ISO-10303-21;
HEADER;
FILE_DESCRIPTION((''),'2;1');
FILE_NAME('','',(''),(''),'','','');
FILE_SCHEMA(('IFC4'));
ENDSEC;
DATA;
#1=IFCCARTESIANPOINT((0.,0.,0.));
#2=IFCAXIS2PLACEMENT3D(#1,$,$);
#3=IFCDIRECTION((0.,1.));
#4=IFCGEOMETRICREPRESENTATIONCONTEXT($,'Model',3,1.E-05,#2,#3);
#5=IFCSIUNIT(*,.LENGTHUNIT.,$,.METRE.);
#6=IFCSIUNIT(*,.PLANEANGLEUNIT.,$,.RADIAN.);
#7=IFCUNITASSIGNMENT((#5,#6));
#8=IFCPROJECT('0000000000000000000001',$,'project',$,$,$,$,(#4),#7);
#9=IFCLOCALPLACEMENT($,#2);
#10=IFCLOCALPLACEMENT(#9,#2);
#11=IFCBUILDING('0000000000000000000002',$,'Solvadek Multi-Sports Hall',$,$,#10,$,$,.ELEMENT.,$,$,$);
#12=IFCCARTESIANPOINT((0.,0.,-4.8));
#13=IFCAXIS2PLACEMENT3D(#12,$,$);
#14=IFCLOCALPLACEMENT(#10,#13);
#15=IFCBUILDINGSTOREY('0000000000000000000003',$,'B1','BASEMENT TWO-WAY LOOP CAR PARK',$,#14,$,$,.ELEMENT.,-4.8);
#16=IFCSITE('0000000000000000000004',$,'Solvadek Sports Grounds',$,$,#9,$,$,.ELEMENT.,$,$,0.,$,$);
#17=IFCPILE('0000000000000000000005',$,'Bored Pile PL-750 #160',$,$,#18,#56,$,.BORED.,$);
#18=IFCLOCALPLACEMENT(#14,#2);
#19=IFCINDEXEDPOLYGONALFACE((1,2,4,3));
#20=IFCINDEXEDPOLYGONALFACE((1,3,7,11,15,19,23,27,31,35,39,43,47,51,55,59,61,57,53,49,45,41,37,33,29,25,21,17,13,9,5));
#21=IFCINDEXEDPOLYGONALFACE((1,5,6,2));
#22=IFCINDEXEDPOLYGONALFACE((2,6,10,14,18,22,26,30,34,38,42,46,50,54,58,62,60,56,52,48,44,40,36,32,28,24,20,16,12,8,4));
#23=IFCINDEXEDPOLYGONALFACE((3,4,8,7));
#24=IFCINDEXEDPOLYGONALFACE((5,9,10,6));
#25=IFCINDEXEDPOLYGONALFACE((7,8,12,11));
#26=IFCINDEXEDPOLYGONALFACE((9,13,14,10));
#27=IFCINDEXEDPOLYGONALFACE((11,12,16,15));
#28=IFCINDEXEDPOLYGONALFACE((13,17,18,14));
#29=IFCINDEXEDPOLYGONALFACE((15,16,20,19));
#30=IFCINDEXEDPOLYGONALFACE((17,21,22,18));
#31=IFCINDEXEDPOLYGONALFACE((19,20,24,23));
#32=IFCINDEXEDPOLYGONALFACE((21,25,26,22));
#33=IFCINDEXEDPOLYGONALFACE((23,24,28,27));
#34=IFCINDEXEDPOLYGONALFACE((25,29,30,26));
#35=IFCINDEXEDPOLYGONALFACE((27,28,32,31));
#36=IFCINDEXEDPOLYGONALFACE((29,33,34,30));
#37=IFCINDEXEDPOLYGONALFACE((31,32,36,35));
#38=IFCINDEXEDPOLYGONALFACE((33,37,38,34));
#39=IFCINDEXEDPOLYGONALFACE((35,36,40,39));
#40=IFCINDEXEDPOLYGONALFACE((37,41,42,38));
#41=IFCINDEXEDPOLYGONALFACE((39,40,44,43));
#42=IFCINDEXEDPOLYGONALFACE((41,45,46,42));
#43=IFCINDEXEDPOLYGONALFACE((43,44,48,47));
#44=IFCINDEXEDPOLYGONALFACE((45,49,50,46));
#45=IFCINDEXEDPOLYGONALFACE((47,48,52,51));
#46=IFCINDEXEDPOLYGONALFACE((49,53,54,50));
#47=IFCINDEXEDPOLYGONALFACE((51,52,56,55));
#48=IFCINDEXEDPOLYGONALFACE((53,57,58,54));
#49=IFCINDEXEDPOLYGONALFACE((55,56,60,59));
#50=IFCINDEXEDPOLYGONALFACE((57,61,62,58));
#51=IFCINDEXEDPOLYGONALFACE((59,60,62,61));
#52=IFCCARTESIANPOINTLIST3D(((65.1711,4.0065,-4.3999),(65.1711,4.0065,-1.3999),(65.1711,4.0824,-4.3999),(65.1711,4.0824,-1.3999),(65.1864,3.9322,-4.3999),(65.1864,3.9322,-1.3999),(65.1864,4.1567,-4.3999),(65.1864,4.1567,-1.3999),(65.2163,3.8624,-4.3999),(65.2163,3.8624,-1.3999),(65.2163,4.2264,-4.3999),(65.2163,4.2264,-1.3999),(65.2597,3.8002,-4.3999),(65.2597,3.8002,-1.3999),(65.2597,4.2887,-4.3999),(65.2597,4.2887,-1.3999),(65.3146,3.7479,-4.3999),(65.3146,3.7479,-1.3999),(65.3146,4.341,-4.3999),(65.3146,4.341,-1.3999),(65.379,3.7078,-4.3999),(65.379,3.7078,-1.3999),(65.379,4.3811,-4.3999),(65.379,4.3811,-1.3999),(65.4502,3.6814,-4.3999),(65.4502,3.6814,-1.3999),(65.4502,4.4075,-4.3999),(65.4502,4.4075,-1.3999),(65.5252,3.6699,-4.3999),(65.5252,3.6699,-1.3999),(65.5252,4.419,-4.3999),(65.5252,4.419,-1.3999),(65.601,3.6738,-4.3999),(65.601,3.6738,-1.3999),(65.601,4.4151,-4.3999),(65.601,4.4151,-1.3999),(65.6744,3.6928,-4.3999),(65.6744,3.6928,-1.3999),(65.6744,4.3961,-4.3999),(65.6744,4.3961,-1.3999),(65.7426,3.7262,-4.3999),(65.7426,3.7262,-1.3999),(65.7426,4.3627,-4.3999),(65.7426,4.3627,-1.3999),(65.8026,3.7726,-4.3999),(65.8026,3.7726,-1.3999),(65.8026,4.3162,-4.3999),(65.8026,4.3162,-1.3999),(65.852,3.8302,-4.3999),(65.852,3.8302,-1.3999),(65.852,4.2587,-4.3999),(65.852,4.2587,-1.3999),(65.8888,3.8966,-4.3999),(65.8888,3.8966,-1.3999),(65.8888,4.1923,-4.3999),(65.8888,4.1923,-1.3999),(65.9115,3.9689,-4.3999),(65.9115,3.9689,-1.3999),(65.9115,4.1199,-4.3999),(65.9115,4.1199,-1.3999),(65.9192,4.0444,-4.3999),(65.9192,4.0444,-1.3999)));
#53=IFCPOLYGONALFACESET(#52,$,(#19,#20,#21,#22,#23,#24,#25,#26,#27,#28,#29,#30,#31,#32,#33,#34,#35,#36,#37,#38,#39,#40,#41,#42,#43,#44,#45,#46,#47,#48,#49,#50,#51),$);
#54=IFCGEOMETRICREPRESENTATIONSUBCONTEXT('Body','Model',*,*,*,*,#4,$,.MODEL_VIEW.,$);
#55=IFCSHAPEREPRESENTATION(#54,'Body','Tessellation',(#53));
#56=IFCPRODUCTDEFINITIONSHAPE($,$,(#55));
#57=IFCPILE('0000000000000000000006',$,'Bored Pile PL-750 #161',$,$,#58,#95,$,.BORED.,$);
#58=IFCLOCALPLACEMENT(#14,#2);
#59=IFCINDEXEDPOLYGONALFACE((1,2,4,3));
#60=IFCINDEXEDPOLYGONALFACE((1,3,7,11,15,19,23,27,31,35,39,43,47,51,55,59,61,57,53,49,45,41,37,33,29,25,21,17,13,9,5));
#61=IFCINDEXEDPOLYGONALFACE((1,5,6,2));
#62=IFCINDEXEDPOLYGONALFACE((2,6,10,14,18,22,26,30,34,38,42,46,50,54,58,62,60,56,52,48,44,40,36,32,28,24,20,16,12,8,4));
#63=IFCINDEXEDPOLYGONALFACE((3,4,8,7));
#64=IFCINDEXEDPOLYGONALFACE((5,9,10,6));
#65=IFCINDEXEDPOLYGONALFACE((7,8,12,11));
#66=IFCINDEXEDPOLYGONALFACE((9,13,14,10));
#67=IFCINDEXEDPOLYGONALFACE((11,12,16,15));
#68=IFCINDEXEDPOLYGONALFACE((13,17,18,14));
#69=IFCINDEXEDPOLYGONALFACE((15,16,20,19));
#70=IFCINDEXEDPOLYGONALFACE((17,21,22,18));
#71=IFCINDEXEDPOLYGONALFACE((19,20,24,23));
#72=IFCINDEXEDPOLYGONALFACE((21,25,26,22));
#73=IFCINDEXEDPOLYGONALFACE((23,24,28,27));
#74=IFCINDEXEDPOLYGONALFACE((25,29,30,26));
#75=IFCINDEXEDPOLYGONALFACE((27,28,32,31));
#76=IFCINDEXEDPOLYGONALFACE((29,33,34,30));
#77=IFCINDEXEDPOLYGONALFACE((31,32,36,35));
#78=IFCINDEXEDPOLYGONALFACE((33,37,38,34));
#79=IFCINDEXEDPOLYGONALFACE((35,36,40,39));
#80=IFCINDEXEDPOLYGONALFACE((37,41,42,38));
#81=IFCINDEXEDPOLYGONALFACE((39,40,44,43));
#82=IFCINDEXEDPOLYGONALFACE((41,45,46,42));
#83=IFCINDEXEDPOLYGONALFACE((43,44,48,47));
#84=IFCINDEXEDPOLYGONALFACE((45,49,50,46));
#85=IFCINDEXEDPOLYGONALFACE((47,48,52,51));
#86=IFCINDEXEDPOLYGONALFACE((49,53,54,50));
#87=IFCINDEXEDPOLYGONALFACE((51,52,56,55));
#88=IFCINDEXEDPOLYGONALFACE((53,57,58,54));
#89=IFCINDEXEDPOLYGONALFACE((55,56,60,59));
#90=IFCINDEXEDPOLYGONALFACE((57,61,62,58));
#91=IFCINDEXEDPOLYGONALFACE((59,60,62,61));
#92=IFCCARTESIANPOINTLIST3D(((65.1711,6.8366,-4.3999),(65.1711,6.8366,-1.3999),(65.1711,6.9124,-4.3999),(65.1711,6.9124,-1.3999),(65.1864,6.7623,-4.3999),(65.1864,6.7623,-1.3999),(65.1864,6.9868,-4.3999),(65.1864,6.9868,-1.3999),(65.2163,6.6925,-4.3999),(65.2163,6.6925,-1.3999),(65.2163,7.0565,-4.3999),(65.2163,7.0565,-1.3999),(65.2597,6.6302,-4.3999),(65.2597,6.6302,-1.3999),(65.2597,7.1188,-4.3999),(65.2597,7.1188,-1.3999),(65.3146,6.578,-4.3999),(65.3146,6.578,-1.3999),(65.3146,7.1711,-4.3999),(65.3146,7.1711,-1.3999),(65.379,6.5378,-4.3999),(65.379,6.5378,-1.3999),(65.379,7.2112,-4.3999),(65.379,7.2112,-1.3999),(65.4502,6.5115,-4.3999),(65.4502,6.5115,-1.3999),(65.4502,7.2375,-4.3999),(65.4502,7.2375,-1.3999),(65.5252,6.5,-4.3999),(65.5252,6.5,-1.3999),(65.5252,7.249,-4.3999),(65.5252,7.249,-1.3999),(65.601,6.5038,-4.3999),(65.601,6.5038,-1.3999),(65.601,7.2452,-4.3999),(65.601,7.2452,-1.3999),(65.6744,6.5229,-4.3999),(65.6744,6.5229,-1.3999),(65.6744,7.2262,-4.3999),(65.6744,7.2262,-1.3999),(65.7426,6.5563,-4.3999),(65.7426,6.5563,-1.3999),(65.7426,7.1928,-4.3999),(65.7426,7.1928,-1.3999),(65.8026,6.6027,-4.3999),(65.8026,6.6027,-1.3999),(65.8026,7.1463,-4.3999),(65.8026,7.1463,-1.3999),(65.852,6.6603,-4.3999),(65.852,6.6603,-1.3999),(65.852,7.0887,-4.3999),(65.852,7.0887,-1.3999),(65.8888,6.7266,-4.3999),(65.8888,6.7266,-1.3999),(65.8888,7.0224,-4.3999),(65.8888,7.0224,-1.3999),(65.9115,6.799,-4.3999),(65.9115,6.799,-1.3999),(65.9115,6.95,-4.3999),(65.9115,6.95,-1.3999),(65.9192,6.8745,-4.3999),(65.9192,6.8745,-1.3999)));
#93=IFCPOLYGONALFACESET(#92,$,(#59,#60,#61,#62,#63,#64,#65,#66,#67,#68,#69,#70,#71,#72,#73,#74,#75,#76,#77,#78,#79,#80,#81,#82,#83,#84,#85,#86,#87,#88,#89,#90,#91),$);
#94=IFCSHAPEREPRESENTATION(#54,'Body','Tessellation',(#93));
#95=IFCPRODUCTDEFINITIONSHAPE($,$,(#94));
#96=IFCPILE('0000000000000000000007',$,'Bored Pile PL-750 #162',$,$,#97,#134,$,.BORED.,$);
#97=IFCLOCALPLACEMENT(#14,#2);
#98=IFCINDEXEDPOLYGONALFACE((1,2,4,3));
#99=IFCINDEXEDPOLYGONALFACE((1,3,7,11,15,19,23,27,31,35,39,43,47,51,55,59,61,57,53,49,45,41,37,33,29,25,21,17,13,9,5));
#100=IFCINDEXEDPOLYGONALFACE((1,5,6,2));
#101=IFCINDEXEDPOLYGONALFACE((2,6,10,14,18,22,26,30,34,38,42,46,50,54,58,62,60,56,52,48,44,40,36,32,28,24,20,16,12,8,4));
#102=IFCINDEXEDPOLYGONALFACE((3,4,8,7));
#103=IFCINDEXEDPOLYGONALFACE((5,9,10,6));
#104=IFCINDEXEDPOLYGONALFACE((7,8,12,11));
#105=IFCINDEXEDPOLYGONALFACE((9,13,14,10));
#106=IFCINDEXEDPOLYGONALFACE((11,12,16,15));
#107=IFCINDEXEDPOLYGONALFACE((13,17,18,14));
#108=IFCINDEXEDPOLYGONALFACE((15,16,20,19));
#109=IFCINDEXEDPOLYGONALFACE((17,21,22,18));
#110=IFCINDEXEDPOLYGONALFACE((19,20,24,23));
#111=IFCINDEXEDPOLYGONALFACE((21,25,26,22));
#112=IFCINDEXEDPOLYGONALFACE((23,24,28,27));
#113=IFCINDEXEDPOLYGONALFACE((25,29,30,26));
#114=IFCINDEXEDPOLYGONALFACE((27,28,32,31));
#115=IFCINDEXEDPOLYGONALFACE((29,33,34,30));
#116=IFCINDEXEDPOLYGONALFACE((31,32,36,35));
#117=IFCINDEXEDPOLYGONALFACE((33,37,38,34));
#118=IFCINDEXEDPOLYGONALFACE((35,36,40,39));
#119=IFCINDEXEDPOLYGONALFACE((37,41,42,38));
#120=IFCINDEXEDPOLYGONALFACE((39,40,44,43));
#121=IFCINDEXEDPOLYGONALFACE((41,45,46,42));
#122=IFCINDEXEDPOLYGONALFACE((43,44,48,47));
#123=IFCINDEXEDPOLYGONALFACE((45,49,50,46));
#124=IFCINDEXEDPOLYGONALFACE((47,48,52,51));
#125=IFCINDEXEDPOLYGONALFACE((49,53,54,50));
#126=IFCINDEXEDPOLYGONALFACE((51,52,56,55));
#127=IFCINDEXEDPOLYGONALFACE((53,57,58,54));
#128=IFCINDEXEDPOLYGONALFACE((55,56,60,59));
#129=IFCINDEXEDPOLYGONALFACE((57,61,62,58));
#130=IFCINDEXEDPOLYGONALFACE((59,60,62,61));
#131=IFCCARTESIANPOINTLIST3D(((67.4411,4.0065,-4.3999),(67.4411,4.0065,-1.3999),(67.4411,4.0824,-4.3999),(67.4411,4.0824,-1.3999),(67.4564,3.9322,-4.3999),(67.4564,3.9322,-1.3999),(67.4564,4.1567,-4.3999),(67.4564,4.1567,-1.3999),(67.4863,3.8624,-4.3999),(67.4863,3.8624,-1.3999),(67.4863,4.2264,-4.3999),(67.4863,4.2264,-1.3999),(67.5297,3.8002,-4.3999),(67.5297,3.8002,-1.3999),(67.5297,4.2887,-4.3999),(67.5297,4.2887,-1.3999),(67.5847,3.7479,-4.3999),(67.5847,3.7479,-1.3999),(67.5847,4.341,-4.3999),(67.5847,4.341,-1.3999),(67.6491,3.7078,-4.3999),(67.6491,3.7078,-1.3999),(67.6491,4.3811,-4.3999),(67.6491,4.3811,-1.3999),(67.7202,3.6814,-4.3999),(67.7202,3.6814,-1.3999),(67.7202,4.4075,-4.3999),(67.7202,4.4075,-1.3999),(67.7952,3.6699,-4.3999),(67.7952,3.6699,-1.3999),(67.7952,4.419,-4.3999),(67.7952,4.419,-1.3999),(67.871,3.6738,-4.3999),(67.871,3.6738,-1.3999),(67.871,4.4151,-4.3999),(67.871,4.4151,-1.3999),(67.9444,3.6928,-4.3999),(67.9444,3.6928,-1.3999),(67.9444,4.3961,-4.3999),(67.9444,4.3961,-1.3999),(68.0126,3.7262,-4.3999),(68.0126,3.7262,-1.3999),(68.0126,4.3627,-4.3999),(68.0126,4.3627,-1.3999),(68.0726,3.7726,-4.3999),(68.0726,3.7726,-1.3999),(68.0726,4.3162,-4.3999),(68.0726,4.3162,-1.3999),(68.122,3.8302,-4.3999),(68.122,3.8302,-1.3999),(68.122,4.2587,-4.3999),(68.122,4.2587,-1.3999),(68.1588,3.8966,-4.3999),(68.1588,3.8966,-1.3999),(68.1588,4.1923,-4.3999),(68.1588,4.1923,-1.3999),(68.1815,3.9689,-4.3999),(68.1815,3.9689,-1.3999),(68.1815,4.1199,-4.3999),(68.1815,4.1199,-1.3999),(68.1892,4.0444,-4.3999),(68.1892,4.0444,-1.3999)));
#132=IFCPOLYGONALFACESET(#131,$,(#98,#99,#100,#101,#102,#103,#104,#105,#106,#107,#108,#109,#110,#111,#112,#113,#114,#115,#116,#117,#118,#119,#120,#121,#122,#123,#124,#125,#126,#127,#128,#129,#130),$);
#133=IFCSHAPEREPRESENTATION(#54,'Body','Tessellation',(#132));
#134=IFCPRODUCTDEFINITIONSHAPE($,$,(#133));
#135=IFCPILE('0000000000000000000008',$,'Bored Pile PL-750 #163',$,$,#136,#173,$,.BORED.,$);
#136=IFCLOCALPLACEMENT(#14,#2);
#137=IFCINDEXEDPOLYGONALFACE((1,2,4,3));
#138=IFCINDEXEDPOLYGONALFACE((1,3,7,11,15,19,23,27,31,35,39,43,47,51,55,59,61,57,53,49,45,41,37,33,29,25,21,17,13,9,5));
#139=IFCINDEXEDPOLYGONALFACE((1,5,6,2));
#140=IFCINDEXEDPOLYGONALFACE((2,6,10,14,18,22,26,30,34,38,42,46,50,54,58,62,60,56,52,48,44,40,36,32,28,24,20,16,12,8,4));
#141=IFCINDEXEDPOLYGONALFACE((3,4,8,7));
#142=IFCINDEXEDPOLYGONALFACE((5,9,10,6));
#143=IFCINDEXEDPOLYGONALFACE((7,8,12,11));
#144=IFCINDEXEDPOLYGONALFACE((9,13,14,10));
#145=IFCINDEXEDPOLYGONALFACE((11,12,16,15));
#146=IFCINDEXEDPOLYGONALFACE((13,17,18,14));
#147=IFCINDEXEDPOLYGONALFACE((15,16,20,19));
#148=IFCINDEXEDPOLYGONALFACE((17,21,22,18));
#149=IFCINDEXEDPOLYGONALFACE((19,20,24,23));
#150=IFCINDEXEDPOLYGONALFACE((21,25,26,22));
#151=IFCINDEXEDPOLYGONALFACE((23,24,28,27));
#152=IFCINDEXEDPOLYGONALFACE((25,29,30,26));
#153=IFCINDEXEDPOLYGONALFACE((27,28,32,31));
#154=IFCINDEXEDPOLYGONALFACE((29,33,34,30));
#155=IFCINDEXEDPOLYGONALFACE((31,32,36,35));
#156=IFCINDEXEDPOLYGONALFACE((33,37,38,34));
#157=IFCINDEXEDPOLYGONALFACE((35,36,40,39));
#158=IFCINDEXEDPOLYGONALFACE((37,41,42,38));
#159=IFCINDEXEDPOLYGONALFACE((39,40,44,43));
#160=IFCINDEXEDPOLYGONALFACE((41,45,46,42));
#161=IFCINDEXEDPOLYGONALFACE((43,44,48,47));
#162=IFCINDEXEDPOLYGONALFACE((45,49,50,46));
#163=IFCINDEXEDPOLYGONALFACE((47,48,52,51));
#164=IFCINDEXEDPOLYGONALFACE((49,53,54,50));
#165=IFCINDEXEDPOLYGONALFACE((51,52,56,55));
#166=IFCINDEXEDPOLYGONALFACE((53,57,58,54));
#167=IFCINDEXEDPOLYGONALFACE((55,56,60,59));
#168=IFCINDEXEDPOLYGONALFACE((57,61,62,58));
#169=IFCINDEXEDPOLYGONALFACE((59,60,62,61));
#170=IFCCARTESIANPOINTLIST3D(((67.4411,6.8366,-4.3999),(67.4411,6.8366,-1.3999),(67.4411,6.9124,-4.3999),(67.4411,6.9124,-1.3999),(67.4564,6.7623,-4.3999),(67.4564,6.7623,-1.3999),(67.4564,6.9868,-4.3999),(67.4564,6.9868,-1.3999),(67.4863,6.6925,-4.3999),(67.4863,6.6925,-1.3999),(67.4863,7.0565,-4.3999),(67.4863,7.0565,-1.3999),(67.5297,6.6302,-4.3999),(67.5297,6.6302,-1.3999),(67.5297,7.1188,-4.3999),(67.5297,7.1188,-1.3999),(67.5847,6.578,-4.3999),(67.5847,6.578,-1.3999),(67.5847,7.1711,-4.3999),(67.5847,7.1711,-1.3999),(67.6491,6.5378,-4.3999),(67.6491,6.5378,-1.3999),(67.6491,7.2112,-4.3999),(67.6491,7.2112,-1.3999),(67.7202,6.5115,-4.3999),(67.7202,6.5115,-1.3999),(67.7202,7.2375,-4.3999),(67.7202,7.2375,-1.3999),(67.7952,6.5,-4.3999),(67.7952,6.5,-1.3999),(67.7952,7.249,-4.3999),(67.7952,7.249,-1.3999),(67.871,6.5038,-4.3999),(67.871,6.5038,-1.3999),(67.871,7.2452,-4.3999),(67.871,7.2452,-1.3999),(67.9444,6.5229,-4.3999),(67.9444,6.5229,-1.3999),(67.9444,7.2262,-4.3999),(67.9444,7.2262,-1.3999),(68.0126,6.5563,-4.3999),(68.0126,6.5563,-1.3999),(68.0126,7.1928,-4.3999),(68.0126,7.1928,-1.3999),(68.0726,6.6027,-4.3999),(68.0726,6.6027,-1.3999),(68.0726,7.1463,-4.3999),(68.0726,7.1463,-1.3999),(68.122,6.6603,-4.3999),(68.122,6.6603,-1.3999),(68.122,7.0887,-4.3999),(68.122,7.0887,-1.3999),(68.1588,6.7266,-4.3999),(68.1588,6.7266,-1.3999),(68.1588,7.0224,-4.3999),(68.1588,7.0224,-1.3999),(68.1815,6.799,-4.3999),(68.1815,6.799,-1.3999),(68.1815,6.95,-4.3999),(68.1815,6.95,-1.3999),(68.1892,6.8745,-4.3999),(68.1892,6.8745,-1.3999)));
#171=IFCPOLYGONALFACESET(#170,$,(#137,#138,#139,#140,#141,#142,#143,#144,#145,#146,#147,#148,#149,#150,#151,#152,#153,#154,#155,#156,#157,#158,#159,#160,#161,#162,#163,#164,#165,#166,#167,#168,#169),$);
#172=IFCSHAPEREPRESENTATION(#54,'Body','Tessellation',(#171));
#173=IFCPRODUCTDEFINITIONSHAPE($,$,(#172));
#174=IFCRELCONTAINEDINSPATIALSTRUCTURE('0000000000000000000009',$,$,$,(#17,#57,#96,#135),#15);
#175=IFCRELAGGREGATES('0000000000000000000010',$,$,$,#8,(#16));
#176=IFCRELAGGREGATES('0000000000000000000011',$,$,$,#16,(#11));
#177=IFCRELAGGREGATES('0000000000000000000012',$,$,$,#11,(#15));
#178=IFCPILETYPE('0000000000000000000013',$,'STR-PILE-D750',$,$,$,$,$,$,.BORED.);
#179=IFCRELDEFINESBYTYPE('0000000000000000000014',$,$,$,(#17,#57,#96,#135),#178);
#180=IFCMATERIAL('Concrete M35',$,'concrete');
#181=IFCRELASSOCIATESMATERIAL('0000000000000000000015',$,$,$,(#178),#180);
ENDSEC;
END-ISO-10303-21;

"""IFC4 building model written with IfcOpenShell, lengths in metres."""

from ifc_helpers import new_model, si_unit, direction, frame, origin, origin_2d, place, context, subcontext, project, spatial, circle, extrude, material, material_profile, profile_set, type_object, element, save


model = new_model("IFC4")

# Units and contexts
model_context = context("Model", 3, precision=1e-05, world=origin(), true_north=direction((0.0, 1.0)))
body_context = subcontext(model_context, "Body", "Model", "MODEL_VIEW")
ifc_project = project(units=[si_unit("LENGTHUNIT", "METRE"), si_unit("PLANEANGLEUNIT", "RADIAN")], contexts=[model_context])

# Site, building, storey
site_placement = place(None, origin())
site = spatial("IfcSite", under=ifc_project, at=site_placement, Name="Solvadek Sports Grounds", CompositionType="ELEMENT", RefElevation=0.0)
building_placement = place(site_placement, origin())
building = spatial("IfcBuilding", under=site, at=building_placement, Name="Solvadek Multi-Sports Hall", CompositionType="ELEMENT")
storey_placement = place(building_placement, frame((0.0, 0.0, -4.8)))
storey = spatial("IfcBuildingStorey", under=building, at=storey_placement, Name="B1", Description="BASEMENT TWO-WAY LOOP CAR PARK", CompositionType="ELEMENT", Elevation=-4.8)

# Piles
ifc_material_1 = material(Name="Concrete M35", Category="concrete")
ifc_material_profile_1 = material_profile(ifc_material_1, circle(Radius=0.375, at=origin_2d()), Name="BORED PILE D750")
ifc_profile_set_1 = profile_set([ifc_material_profile_1], Name="Concrete M35")
pile_type_1 = type_object("IfcPileType", Name="STR-PILE-D750", PredefinedType="BORED", material=ifc_profile_set_1)
for number, where, z_axis, x_axis, name in (
    (1, (65.5442, 4.0444, -1.3999), (0.0, 0.0, -1.0), (1.0, 0.0, 0.0), "Bored Pile PL-750 #160"),
    (2, (65.5442, 6.8745, -1.3999), (0.0, 0.0, -1.0), (1.0, 0.0, 0.0), "Bored Pile PL-750 #161"),
    (3, (67.8142, 4.0444, -1.3999), (0.0, 0.0, -1.0), (1.0, 0.0, 0.0), "Bored Pile PL-750 #162"),
    (4, (67.8142, 6.8745, -1.3999), (0.0, 0.0, -1.0), (1.0, 0.0, 0.0), "Bored Pile PL-750 #163"),
):
    element("IfcPile", number, at=place(storey_placement, frame(where, z_axis=z_axis, x_axis=x_axis)), inside=storey, type_object=pile_type_1, Name=name, PredefinedType="BORED", context=body_context, shape_type="SweptSolid", body=[
        extrude(circle(Radius=0.375, at=origin_2d()), origin(), (0.0, 0.0, 1.0), 3.0),
    ])

save(model, "model.ifc")
